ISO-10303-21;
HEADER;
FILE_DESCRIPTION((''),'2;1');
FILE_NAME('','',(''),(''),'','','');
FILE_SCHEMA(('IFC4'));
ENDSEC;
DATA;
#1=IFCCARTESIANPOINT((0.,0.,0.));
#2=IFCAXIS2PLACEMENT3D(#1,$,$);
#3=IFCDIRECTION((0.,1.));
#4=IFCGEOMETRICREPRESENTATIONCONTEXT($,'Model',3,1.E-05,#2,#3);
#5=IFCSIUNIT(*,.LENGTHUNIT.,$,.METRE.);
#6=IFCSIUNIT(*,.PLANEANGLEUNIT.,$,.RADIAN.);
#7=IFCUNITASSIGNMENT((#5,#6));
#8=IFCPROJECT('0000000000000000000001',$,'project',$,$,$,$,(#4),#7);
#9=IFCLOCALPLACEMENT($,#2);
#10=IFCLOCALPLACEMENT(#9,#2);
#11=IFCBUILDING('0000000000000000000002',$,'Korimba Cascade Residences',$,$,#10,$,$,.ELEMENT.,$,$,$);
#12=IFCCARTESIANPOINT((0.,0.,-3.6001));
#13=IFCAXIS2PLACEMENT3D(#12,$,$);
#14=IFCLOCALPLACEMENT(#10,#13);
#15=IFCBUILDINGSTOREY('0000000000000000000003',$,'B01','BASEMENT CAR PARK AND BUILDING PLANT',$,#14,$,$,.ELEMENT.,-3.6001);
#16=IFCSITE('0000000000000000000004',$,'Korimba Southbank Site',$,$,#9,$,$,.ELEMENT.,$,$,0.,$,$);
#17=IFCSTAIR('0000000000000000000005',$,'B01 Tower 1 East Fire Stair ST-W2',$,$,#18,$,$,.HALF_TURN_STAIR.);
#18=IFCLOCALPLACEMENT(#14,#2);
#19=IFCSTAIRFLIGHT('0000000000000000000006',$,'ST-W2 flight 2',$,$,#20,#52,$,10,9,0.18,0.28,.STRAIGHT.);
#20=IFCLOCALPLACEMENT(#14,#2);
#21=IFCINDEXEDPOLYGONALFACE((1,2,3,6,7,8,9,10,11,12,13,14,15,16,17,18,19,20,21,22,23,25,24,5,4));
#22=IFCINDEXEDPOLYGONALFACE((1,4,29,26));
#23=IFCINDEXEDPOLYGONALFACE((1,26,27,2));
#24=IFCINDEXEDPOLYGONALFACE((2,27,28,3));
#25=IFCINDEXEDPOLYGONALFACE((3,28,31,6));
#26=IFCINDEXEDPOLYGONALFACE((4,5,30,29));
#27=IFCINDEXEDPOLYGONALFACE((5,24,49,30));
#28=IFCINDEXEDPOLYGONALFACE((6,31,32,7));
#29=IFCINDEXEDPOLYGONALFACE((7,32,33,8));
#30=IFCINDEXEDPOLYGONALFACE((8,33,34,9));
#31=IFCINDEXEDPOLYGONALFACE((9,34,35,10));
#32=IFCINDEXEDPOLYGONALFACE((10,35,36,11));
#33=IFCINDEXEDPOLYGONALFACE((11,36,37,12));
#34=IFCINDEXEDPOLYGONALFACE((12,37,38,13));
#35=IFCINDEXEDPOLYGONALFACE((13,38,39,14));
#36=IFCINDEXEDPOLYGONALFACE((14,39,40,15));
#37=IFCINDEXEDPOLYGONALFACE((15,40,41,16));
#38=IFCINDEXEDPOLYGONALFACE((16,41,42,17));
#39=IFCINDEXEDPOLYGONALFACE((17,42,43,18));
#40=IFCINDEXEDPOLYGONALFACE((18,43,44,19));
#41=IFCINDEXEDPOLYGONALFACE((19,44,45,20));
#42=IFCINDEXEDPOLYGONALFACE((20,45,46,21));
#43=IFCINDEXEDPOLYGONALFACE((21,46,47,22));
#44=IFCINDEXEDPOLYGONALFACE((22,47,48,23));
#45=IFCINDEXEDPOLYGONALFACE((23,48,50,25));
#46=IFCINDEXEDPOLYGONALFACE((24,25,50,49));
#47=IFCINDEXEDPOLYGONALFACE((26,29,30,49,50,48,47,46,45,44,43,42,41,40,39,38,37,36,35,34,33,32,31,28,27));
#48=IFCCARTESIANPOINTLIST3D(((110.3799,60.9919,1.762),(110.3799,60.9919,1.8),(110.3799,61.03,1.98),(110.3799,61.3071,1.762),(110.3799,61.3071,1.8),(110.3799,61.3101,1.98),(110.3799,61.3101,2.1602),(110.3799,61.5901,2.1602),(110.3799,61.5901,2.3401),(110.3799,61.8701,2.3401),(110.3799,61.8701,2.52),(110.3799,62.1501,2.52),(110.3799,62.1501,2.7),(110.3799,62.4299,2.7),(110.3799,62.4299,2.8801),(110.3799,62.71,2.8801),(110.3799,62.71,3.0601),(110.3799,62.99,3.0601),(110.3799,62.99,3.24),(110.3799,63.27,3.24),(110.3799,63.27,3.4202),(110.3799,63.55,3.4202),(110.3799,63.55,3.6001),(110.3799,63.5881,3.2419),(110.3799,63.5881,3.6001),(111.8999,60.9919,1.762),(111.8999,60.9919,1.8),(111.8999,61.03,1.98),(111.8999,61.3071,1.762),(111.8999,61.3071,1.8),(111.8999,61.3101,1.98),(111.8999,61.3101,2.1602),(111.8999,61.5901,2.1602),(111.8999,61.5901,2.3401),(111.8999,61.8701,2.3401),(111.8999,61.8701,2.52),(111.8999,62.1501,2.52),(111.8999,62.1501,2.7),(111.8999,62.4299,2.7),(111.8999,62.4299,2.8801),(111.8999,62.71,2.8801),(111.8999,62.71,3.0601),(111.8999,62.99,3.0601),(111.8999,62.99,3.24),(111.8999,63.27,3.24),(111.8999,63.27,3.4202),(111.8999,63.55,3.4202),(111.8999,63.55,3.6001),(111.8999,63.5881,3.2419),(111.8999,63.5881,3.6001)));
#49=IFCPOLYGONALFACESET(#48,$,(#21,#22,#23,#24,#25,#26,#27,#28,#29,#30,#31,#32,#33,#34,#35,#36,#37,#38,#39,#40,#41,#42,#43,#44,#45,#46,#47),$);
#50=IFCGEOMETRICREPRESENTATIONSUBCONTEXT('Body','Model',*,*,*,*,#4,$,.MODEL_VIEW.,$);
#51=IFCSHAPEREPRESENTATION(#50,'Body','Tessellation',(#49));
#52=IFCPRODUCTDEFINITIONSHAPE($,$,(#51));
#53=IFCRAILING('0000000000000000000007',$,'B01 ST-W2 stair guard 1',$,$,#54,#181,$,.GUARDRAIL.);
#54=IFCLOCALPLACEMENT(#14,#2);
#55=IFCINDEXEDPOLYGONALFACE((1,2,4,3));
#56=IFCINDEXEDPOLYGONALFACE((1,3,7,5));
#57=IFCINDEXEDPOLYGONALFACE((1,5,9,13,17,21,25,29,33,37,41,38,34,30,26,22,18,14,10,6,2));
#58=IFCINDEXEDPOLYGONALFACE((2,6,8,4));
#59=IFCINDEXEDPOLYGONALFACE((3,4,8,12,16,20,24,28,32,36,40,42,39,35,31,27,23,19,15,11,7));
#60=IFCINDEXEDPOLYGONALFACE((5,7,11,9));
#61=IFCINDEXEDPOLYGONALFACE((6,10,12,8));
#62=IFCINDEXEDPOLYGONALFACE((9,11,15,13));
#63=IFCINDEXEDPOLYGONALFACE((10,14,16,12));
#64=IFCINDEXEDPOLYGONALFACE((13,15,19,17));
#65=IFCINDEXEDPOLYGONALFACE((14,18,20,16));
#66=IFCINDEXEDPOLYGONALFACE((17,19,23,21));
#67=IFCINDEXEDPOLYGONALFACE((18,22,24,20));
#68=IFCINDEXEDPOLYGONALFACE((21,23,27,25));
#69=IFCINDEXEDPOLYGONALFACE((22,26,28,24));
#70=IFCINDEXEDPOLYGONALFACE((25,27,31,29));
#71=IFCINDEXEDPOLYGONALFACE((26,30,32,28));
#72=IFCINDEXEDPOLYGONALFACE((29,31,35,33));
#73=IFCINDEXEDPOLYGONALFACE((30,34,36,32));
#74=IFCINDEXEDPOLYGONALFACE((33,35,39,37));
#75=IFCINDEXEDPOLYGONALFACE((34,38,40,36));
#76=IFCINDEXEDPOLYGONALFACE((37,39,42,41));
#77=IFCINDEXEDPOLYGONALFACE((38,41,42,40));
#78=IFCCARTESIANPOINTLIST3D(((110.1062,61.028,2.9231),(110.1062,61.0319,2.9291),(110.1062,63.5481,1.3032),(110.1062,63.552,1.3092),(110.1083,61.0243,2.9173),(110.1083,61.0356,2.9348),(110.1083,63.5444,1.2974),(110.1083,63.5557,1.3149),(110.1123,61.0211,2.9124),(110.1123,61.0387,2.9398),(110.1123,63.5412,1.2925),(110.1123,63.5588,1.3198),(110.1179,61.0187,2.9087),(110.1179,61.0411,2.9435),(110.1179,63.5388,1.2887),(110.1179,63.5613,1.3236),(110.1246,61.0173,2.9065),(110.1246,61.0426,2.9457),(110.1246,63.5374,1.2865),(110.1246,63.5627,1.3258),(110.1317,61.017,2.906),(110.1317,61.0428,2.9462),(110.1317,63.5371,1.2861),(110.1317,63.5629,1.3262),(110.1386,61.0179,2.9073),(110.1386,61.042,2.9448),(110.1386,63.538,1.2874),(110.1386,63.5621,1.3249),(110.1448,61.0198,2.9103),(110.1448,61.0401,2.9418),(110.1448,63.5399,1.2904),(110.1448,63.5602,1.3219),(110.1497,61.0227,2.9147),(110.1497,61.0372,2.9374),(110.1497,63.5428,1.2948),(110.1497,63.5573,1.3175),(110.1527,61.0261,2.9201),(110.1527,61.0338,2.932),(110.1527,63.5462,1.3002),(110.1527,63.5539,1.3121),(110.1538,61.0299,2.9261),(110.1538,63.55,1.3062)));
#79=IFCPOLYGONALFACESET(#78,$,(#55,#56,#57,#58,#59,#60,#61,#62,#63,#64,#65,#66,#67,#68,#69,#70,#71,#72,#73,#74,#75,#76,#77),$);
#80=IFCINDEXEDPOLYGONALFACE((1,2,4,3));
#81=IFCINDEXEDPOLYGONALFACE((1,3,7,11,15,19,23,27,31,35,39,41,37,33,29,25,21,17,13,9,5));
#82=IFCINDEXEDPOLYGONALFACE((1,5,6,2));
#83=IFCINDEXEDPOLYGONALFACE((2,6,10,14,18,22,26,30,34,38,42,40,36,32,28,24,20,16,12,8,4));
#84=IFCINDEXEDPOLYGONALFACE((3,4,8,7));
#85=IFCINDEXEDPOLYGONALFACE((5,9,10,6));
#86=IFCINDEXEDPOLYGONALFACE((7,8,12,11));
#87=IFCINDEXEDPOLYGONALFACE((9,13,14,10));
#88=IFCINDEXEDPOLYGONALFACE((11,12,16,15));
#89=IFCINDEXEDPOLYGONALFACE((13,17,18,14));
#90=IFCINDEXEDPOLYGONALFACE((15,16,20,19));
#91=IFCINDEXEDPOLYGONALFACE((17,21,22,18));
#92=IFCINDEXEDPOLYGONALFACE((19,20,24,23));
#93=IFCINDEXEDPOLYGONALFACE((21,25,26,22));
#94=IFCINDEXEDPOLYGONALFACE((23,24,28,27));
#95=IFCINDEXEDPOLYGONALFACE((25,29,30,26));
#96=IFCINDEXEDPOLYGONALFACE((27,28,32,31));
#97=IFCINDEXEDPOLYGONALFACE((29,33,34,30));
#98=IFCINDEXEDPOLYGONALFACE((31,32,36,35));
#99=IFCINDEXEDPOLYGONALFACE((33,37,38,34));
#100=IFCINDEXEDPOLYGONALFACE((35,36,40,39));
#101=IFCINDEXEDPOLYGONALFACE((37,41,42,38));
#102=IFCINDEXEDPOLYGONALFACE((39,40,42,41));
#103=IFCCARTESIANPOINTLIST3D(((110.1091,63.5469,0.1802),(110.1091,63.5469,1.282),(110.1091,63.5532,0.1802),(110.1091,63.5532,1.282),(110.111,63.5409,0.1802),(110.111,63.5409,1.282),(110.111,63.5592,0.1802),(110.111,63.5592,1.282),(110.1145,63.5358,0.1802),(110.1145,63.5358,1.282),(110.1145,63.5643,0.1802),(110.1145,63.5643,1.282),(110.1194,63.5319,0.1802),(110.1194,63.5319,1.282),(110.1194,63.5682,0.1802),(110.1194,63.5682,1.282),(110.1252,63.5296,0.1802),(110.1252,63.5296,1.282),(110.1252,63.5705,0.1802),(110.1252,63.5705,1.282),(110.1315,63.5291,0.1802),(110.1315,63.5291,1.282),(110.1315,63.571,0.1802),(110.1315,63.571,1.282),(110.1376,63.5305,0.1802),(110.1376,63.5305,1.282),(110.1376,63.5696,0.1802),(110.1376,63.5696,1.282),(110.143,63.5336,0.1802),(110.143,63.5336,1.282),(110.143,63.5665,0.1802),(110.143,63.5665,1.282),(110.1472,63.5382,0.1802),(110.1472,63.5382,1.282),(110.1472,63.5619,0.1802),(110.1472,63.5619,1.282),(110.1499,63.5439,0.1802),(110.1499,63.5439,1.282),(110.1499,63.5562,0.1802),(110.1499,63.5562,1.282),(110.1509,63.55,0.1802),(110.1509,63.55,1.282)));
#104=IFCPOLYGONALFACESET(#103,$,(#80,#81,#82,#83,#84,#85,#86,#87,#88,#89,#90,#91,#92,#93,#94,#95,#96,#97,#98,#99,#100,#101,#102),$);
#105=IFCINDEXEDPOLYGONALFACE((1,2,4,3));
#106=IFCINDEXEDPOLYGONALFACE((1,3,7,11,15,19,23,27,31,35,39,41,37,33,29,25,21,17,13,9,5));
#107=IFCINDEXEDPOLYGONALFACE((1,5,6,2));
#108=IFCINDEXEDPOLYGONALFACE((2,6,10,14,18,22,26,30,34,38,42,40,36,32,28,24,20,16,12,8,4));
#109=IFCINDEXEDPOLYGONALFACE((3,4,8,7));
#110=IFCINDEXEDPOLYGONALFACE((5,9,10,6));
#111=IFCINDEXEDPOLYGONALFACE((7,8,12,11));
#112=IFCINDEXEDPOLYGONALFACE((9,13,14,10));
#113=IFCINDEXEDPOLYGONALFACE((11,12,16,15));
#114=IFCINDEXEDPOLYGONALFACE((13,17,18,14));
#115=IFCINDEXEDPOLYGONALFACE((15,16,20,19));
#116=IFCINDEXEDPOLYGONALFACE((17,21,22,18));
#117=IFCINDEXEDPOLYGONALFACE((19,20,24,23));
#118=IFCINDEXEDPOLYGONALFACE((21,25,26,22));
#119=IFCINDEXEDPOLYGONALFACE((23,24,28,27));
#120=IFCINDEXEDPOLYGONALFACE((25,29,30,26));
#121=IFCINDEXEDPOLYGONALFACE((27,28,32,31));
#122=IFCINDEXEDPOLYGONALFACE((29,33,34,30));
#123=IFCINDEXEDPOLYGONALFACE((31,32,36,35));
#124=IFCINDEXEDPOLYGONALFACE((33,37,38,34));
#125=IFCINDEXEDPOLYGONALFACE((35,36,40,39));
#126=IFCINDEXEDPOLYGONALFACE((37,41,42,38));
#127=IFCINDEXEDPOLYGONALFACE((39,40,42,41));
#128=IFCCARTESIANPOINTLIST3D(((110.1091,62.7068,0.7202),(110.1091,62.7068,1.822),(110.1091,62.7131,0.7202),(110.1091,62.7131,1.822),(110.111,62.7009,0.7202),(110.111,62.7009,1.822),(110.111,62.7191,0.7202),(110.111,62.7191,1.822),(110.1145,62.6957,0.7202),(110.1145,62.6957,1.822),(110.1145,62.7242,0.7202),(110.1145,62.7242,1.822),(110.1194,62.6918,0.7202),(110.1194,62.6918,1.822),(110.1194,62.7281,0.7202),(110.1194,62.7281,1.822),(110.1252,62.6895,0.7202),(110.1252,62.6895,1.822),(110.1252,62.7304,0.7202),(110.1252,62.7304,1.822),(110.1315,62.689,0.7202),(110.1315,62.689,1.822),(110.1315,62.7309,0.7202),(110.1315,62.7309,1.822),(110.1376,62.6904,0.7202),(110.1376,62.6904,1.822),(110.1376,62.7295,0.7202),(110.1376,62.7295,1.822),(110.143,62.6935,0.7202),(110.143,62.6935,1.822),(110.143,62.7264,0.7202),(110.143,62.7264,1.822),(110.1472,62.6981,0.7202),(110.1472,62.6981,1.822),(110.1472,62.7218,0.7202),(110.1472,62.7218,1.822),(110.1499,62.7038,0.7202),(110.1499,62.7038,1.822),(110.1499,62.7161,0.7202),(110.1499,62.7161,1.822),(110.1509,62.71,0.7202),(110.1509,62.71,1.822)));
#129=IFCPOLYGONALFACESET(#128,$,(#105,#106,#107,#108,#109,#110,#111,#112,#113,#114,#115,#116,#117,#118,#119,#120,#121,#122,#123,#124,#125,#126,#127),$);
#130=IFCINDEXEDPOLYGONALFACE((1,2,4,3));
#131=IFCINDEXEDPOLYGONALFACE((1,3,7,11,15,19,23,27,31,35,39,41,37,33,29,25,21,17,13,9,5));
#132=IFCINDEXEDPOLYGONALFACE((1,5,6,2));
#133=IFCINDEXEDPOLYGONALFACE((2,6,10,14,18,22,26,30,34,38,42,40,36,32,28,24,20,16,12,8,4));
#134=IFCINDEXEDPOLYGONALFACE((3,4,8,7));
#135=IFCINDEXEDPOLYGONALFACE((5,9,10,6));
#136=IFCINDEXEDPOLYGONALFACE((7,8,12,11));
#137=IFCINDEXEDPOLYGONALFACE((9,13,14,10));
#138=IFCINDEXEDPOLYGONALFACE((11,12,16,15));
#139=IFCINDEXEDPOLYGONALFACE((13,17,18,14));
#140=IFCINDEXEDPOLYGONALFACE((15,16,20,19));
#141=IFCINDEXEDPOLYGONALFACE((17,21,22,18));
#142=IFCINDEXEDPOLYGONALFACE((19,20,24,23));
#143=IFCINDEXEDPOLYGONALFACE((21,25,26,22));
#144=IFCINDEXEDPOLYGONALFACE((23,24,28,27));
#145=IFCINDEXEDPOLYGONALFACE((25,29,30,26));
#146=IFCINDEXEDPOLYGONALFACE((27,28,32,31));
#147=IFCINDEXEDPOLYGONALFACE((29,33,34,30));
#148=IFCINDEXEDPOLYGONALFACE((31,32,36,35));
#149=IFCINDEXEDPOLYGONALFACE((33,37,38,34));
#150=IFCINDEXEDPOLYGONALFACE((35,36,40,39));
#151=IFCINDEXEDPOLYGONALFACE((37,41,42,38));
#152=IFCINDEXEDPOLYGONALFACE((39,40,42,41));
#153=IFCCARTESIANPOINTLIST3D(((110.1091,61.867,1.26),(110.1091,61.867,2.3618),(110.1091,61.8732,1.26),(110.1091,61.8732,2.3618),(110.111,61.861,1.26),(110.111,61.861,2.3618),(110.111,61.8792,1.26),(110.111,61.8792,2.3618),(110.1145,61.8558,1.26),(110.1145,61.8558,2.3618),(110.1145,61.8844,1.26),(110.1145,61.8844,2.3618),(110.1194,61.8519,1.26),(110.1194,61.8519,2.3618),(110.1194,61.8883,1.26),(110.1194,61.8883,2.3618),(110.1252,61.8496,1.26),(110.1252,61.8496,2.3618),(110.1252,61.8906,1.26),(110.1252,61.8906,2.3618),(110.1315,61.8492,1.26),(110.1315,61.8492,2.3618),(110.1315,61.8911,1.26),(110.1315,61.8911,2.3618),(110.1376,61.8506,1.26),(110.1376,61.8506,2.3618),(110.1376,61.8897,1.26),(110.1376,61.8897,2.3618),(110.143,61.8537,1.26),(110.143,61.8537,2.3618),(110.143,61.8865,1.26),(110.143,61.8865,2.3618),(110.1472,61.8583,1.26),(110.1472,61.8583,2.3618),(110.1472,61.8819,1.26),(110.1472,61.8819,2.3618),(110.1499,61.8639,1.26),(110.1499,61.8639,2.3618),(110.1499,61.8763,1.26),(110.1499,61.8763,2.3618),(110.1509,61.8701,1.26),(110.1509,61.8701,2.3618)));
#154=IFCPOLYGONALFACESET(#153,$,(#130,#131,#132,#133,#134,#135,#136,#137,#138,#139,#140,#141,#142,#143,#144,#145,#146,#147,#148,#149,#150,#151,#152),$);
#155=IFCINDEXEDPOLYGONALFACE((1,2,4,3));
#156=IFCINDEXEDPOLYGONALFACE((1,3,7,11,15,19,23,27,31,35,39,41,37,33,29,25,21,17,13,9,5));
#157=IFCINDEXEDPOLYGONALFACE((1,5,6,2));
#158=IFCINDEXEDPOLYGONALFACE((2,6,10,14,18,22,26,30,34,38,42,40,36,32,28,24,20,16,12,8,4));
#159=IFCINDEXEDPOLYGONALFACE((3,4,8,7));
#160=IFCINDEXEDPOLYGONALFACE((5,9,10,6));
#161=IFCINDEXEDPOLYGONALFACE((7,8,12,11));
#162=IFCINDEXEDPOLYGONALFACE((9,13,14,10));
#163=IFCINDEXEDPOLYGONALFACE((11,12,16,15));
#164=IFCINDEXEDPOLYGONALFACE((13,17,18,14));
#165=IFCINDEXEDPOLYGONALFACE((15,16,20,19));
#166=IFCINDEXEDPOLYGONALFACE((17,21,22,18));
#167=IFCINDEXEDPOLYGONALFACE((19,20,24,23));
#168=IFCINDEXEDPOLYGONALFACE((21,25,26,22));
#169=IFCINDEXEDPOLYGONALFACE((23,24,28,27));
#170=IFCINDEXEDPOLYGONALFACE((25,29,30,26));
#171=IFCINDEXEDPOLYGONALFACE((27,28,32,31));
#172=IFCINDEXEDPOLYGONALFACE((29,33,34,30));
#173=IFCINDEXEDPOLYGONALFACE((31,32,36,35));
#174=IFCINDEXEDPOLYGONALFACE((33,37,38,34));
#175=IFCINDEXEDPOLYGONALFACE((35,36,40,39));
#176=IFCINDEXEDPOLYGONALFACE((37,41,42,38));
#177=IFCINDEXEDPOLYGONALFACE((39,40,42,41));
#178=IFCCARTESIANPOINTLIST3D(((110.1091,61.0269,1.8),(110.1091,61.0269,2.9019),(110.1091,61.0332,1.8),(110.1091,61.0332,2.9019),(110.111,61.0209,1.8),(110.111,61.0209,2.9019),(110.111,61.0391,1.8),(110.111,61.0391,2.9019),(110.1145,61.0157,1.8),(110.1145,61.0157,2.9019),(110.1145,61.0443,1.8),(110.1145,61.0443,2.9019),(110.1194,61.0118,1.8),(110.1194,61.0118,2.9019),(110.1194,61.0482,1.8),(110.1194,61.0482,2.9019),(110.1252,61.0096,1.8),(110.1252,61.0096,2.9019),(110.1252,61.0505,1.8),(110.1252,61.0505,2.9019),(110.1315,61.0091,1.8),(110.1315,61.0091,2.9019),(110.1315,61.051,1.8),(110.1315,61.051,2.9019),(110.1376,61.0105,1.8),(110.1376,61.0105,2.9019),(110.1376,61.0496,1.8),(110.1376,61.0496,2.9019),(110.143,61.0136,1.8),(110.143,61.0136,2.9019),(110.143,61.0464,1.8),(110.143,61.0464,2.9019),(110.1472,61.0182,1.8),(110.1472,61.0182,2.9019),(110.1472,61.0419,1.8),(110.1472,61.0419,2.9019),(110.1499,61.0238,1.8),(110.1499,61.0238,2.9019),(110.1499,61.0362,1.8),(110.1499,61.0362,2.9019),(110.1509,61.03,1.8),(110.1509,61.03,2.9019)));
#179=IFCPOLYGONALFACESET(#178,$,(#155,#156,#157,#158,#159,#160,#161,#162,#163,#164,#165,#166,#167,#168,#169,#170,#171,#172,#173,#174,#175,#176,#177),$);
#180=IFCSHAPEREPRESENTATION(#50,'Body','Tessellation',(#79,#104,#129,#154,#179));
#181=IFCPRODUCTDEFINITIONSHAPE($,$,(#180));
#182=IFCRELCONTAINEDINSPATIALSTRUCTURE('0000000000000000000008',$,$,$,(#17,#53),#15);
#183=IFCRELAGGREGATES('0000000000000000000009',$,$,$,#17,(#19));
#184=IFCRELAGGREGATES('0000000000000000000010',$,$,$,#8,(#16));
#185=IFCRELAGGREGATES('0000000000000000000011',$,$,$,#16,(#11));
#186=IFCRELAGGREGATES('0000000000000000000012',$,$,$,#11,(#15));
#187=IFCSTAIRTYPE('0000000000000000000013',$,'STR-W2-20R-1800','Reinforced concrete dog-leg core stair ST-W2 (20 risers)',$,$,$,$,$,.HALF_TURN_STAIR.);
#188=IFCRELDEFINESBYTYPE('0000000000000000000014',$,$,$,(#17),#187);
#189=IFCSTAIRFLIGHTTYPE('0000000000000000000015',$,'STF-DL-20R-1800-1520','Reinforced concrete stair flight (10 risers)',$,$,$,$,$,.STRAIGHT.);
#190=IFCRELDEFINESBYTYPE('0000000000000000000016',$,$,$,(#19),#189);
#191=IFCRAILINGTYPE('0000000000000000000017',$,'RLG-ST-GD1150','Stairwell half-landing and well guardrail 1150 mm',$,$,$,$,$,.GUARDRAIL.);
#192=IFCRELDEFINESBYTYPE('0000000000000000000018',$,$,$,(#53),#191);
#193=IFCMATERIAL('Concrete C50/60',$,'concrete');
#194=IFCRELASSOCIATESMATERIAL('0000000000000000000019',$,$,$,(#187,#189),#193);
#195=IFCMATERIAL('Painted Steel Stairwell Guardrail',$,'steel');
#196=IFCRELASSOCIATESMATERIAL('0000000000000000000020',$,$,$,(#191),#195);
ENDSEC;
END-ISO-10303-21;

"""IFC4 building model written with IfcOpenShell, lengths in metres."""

from ifc_helpers import new_model, si_unit, direction, frame, origin, origin_2d, place, context, subcontext, project, spatial, polyline, circle, outline, extrude, material, type_object, element, aggregate, save


model = new_model("IFC4")

# Units and contexts
model_context = context("Model", 3, precision=1e-05, world=origin(), true_north=direction((0.0, 1.0)))
body_context = subcontext(model_context, "Body", "Model", "MODEL_VIEW")
ifc_project = project(units=[si_unit("LENGTHUNIT", "METRE"), si_unit("PLANEANGLEUNIT", "RADIAN")], contexts=[model_context])

# Site, building, storey
site_placement = place(None, origin())
site = spatial("IfcSite", under=ifc_project, at=site_placement, Name="Korimba Southbank Site", CompositionType="ELEMENT", RefElevation=0.0)
building_placement = place(site_placement, origin())
building = spatial("IfcBuilding", under=site, at=building_placement, Name="Korimba Cascade Residences", CompositionType="ELEMENT")
storey_placement = place(building_placement, frame((0.0, 0.0, -3.6001)))
storey = spatial("IfcBuildingStorey", under=building, at=storey_placement, Name="B01", Description="BASEMENT CAR PARK AND BUILDING PLANT", CompositionType="ELEMENT", Elevation=-3.6001)

# Shared definitions
ifc_material_1 = material(Name="Concrete C50/60", Category="concrete")

# Stair, stair flight
stair_type = type_object("IfcStairType", Name="STR-W2-20R-1800", Description="Reinforced concrete dog-leg core stair ST-W2 (20 risers)", PredefinedType="HALF_TURN_STAIR", material=ifc_material_1)
stair_placement = place(storey_placement, origin())
stair = element("IfcStair", 1, at=stair_placement, inside=storey, type_object=stair_type, Name="B01 Tower 1 East Fire Stair ST-W2", PredefinedType="HALF_TURN_STAIR")
stair_flight_type = type_object("IfcStairFlightType", Name="STF-DL-20R-1800-1520", Description="Reinforced concrete stair flight (10 risers)", PredefinedType="STRAIGHT", material=ifc_material_1)
stair_flight_1_placement = place(storey_placement, frame((111.1399, 61.03, 1.8), z_axis=(0.0, 0.0, 1.0), x_axis=(0.0, 1.0, 0.0)))
stair_flight_1 = element("IfcStairFlight", 2, at=stair_flight_1_placement, type_object=stair_flight_type, Name="ST-W2 flight 2", NumberOfRisers=10, NumberOfTreads=9, PredefinedType="STRAIGHT", RiserHeight=0.18, TreadLength=0.28, context=body_context, shape_type="SweptSolid", body=[
    extrude(outline(polyline([(-0.0381, 0.0), (0.0, 0.1799), (0.28, 0.1799), (0.28, 0.3601), (0.5601, 0.3601), (0.5601, 0.54), (0.8401, 0.54), (0.8401, 0.72), (1.1201, 0.72), (1.1201, 0.8999), (1.3999, 0.8999), (1.3999, 1.0801), (1.6799, 1.0801), (1.6799, 1.26), (1.96, 1.26), (1.96, 1.4399), (2.24, 1.4399), (2.24, 1.6201), (2.52, 1.6201), (2.52, 1.8), (2.5581, 1.8), (2.5581, 1.4419), (0.2771, 0.0), (0.2771, -0.0381), (-0.0381, -0.0381), (-0.0381, 0.0)])), frame((0.0, 0.76, 0.0), z_axis=(0.0, -1.0, 0.0), x_axis=(1.0, 0.0, 0.0)), (0.0, 0.0, 1.0), 1.52),
])
aggregate(stair, [stair_flight_1])

# Railing
ifc_material_2 = material(Name="Painted Steel Stairwell Guardrail", Category="steel")
railing_type_1 = type_object("IfcRailingType", Name="RLG-ST-GD1150", Description="Stairwell half-landing and well guardrail 1150 mm", PredefinedType="GUARDRAIL", material=ifc_material_2)
railing_1_placement = place(storey_placement, frame((110.1299, 63.55, 0.1802)))
element("IfcRailing", 3, at=railing_1_placement, inside=storey, type_object=railing_type_1, Name="B01 ST-W2 stair guard 1", PredefinedType="GUARDRAIL", context=body_context, shape_type="SweptSolid", body=[
    extrude(circle(Radius=0.0239, at=origin_2d()), frame((0.0, 0.0, 1.126), z_axis=(0.0, -0.8412, 0.540725), x_axis=(1.0, 0.0, 0.0)), (0.0, 0.0, 1.0), 2.9958),
    extrude(circle(Radius=0.021, at=origin_2d()), origin(), (0.0, 0.0, 1.0), 1.1018),
    extrude(circle(Radius=0.021, at=origin_2d()), frame((0.0, -0.8401, 0.54)), (0.0, 0.0, 1.0), 1.1018),
    extrude(circle(Radius=0.021, at=origin_2d()), frame((0.0, -1.6799, 1.0798)), (0.0, 0.0, 1.0), 1.1018),
    extrude(circle(Radius=0.021, at=origin_2d()), frame((0.0, -2.52, 1.6199)), (0.0, 0.0, 1.0), 1.1018),
])

save(model, "model.ifc")
